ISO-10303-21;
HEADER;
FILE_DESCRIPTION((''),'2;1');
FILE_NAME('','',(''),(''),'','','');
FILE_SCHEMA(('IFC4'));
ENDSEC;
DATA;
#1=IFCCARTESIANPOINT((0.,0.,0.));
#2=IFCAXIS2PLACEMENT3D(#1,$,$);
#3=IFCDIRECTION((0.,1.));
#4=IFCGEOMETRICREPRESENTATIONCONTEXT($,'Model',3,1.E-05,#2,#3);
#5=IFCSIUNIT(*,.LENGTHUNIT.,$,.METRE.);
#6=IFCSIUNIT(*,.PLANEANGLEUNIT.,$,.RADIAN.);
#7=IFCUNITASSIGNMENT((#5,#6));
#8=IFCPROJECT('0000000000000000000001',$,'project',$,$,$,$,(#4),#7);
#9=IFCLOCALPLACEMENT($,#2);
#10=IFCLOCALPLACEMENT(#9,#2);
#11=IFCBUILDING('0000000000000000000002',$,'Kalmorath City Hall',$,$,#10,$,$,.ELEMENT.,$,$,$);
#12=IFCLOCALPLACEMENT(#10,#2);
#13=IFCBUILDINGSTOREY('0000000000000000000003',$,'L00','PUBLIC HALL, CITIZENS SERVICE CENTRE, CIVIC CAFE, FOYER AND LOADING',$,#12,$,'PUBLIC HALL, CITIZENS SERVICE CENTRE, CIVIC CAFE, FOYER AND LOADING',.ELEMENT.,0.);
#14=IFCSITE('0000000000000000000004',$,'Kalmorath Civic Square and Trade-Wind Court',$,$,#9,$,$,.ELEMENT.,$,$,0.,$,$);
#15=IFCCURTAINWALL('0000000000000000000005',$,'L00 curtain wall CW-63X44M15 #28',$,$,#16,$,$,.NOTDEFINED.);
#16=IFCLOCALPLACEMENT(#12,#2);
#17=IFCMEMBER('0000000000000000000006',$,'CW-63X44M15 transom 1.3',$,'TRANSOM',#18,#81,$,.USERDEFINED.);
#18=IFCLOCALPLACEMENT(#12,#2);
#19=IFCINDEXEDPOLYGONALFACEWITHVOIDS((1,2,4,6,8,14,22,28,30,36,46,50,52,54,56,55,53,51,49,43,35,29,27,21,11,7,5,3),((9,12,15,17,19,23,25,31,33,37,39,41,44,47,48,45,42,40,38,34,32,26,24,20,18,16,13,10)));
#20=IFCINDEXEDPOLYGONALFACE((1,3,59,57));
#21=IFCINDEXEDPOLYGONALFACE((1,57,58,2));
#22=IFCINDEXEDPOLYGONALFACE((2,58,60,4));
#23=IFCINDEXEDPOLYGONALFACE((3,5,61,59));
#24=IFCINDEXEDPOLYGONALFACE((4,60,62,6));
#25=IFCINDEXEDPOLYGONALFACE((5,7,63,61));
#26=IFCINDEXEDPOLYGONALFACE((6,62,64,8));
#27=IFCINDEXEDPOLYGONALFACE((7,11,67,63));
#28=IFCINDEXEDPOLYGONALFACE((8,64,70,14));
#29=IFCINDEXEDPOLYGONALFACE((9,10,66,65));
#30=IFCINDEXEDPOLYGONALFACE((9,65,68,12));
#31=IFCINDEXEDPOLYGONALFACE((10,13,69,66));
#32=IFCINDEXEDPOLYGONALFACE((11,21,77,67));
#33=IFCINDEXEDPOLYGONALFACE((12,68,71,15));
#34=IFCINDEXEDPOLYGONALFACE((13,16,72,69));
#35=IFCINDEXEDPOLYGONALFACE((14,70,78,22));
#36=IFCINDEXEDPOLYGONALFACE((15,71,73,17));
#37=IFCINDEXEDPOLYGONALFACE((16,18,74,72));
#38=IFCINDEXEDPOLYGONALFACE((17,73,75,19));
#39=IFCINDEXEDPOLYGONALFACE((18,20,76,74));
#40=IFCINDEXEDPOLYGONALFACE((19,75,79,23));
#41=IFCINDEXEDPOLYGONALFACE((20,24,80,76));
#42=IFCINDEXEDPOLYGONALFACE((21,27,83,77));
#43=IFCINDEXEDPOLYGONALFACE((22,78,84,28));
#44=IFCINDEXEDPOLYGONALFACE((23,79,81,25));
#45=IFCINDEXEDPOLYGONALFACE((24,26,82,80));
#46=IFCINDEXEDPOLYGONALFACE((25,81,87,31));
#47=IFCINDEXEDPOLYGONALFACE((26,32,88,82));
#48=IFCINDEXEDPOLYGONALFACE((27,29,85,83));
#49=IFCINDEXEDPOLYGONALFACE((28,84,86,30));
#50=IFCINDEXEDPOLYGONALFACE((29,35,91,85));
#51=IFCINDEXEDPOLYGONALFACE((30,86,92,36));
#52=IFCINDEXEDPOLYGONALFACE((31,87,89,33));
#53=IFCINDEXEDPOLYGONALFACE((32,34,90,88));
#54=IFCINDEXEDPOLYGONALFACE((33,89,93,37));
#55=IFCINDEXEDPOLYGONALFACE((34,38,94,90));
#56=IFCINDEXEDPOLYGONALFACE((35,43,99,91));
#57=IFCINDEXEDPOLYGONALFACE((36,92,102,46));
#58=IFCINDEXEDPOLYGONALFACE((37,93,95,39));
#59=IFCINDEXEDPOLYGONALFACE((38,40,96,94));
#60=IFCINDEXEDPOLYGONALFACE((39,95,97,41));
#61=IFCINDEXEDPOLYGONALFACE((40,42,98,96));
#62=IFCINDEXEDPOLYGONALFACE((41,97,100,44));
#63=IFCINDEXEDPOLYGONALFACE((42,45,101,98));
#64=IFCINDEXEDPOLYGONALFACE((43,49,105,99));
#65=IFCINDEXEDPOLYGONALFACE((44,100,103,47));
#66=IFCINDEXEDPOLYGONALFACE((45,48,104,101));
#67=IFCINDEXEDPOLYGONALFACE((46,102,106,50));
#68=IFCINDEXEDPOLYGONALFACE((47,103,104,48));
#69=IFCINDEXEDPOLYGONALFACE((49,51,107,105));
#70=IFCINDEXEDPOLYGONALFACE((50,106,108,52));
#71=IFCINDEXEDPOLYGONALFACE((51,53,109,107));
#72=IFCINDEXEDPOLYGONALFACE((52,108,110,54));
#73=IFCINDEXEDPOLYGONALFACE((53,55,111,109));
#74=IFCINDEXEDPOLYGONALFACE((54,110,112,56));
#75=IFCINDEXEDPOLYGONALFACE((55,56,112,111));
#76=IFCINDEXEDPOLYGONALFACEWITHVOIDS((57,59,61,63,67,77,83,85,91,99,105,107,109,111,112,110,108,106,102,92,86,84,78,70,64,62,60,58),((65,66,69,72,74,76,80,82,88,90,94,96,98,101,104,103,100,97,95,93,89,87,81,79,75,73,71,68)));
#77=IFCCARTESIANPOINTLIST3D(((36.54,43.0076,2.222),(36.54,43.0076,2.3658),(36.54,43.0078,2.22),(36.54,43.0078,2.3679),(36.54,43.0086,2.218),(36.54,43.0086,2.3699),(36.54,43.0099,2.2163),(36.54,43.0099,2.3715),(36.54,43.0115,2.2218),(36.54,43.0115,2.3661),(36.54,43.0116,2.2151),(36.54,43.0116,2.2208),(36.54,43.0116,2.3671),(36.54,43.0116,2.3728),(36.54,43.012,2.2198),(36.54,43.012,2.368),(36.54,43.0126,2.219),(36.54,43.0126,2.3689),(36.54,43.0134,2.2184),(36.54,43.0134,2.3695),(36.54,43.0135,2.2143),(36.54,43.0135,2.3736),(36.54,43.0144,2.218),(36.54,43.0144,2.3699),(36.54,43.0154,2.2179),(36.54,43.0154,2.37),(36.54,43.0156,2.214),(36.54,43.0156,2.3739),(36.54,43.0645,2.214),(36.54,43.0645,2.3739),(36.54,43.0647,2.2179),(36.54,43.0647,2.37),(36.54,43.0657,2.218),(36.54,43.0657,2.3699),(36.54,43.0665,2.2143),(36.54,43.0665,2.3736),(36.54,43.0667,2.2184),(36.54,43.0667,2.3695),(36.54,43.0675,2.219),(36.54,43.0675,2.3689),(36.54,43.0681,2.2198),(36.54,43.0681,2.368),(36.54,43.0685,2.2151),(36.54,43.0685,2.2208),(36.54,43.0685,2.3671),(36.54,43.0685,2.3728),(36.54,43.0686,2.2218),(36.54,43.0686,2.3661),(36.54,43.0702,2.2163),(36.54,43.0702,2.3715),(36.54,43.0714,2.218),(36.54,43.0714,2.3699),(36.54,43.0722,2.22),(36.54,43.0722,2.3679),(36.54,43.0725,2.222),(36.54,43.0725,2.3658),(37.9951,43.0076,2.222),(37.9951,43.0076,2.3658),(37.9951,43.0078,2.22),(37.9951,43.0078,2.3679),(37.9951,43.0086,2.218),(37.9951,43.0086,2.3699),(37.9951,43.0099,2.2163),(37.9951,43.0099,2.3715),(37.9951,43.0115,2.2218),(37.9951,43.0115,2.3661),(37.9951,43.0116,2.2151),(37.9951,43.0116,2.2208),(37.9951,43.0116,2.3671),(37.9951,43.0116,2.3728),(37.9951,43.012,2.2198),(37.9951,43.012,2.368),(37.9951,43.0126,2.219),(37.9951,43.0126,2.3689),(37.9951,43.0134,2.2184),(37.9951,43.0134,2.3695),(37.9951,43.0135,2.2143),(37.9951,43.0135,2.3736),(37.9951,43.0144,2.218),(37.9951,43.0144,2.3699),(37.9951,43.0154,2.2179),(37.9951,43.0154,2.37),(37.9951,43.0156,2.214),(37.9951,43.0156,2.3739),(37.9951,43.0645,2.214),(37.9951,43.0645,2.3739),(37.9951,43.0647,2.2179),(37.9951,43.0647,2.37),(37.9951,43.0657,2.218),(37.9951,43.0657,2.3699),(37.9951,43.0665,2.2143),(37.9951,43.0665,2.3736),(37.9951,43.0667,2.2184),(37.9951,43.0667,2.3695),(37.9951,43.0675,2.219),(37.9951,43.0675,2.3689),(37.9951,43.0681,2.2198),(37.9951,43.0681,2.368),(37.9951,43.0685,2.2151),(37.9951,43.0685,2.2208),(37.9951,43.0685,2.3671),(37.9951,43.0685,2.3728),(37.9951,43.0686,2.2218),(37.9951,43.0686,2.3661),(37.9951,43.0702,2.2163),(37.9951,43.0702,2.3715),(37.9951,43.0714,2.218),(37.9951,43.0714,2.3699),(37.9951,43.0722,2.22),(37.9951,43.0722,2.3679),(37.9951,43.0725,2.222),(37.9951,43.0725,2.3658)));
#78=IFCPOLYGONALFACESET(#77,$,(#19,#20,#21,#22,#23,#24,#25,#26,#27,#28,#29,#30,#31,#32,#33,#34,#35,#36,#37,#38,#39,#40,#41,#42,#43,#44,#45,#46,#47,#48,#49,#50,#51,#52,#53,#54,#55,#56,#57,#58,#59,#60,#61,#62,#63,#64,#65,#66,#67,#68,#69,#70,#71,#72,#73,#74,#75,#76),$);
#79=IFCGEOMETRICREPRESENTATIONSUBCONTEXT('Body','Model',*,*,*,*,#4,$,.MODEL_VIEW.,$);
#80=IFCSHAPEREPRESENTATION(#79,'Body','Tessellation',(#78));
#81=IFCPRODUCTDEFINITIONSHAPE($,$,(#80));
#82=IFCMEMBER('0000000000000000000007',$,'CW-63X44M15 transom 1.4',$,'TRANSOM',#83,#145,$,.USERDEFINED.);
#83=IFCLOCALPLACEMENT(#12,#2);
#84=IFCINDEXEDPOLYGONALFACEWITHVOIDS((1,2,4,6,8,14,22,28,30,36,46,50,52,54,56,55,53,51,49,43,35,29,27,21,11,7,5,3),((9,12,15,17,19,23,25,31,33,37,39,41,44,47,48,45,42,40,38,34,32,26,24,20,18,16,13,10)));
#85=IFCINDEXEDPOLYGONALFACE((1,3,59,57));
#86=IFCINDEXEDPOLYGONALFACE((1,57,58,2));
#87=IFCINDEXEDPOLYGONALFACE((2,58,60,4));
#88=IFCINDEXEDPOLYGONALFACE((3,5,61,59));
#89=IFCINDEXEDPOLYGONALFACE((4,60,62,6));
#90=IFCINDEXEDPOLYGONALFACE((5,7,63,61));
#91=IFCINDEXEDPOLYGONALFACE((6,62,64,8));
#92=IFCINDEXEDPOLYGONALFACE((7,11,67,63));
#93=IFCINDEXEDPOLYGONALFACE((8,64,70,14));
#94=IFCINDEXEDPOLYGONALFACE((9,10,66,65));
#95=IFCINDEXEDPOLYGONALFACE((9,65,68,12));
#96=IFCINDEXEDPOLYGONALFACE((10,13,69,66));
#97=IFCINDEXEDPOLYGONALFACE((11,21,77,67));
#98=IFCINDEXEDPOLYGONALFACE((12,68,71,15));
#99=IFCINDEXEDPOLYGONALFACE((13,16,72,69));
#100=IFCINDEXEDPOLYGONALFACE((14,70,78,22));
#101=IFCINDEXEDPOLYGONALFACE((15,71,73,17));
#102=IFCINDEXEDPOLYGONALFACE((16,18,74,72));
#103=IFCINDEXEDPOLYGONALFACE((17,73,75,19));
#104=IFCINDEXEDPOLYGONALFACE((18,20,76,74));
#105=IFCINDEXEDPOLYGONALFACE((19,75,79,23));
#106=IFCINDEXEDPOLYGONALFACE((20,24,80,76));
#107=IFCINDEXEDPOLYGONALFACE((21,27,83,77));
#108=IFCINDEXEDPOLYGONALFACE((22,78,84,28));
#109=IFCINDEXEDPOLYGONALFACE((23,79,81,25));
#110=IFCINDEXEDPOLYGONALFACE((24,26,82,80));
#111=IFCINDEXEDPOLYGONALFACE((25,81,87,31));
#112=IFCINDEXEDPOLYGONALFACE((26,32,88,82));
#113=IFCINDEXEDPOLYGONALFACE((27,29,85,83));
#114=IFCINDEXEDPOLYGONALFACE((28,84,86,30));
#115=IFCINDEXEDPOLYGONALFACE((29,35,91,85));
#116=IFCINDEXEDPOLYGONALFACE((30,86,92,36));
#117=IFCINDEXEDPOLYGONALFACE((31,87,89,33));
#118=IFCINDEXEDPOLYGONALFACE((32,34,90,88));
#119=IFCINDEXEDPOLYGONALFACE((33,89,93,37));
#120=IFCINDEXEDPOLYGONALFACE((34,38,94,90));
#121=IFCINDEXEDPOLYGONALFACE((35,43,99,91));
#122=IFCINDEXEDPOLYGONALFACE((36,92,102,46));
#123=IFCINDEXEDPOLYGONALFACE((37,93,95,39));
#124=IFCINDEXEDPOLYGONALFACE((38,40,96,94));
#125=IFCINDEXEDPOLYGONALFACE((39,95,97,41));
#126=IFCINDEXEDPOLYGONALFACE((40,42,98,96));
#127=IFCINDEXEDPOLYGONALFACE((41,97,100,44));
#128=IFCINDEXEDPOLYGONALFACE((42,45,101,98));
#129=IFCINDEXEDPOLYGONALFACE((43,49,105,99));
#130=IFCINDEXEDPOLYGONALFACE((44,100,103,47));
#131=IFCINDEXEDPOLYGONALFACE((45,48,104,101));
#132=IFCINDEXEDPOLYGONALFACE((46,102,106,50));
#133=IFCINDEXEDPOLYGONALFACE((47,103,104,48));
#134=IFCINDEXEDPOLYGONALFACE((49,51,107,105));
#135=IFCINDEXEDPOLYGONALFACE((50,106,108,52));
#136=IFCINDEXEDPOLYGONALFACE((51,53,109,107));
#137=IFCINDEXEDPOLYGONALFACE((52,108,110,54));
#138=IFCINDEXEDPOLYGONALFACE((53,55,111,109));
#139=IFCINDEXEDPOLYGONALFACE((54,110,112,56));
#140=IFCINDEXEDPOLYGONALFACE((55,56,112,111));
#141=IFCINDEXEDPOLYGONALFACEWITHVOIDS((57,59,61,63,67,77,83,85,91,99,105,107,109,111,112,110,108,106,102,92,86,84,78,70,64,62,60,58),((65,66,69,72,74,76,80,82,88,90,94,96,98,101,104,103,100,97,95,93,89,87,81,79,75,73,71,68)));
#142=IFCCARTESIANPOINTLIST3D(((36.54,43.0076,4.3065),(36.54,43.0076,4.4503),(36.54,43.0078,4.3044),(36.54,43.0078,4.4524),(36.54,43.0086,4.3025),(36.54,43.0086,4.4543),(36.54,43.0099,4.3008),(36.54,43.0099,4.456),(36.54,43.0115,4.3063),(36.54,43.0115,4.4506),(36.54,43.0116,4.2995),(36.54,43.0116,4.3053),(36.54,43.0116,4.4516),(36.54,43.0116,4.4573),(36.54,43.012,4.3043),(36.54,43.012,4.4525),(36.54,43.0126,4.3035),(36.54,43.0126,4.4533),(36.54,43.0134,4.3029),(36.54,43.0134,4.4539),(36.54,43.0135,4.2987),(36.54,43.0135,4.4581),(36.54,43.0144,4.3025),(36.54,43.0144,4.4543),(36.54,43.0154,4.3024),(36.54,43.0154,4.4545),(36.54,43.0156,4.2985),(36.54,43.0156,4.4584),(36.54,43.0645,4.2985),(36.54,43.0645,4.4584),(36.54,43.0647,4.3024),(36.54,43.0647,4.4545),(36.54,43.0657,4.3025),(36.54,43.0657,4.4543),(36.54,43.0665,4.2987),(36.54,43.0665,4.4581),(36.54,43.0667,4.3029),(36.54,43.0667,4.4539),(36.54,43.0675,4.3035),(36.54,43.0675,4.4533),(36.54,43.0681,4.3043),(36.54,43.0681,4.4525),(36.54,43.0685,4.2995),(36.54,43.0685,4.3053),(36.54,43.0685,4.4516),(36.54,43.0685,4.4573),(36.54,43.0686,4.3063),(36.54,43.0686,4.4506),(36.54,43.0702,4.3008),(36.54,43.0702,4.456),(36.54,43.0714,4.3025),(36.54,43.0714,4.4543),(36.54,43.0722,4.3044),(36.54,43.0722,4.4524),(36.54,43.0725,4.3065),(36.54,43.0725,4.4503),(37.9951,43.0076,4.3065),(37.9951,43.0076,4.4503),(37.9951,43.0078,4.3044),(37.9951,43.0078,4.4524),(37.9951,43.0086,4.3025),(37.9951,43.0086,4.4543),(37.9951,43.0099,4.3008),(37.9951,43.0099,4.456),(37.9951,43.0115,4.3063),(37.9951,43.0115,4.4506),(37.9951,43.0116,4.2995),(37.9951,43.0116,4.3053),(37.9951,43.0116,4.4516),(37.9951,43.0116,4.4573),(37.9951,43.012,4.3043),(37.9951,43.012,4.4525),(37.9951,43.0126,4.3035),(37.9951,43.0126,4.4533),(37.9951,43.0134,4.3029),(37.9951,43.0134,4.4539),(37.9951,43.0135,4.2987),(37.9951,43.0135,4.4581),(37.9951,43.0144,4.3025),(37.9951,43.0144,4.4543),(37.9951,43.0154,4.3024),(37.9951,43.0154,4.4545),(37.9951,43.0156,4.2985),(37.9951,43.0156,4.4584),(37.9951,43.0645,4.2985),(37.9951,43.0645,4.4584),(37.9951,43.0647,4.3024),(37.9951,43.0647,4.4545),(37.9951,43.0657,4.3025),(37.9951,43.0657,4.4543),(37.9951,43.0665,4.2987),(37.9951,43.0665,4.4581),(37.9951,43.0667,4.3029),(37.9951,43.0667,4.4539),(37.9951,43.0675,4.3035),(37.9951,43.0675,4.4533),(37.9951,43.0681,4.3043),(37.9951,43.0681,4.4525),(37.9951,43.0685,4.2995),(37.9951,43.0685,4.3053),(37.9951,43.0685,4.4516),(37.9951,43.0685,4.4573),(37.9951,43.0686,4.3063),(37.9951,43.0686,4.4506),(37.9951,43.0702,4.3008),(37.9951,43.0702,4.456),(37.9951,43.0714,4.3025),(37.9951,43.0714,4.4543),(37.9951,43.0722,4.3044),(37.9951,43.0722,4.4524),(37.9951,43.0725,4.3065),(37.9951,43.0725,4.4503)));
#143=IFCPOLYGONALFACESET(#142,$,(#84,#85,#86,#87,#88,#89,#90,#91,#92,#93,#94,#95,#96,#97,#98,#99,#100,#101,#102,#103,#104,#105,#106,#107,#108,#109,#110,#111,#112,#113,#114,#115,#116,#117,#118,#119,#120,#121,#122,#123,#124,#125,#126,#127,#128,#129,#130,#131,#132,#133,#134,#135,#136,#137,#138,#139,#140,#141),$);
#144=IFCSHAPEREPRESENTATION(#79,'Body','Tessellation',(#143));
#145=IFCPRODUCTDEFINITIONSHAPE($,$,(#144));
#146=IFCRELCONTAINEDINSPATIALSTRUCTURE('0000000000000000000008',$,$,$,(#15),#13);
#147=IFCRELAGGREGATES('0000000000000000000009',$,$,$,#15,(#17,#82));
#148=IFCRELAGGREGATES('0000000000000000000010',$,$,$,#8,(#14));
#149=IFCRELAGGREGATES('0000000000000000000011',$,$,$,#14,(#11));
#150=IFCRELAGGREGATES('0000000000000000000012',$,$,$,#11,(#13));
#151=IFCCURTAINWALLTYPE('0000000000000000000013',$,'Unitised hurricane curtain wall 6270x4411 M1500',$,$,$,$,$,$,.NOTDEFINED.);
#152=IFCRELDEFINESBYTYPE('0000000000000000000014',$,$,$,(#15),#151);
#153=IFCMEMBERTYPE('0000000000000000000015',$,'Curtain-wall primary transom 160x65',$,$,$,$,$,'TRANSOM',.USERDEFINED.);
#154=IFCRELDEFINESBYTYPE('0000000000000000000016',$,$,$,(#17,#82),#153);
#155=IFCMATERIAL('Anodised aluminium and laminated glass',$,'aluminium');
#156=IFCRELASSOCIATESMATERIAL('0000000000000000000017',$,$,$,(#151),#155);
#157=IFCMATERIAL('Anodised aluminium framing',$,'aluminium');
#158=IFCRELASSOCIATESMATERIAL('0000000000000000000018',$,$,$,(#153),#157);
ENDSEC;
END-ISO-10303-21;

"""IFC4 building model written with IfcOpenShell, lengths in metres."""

from ifc_helpers import new_model, si_unit, direction, frame, origin, origin_2d, place, context, subcontext, project, spatial, hollow_rectangle, extrude, material, material_profile, profile_set, type_object, element, aggregate, save


model = new_model("IFC4")

# Units and contexts
model_context = context("Model", 3, precision=1e-05, world=origin(), true_north=direction((0.0, 1.0)))
body_context = subcontext(model_context, "Body", "Model", "MODEL_VIEW")
ifc_project = project(units=[si_unit("LENGTHUNIT", "METRE"), si_unit("PLANEANGLEUNIT", "RADIAN")], contexts=[model_context])

# Site, building, storey
site_placement = place(None, origin())
site = spatial("IfcSite", under=ifc_project, at=site_placement, Name="Kalmorath Civic Square and Trade-Wind Court", CompositionType="ELEMENT", RefElevation=0.0)
building_placement = place(site_placement, origin())
building = spatial("IfcBuilding", under=site, at=building_placement, Name="Kalmorath City Hall", CompositionType="ELEMENT")
storey_placement = place(building_placement, origin())
storey = spatial("IfcBuildingStorey", under=building, at=storey_placement, Name="L00", Description="PUBLIC HALL, CITIZENS SERVICE CENTRE, CIVIC CAFE, FOYER AND LOADING", LongName="PUBLIC HALL, CITIZENS SERVICE CENTRE, CIVIC CAFE, FOYER AND LOADING", CompositionType="ELEMENT", Elevation=0.0)

# Curtain wall
ifc_material_1 = material(Name="Anodised aluminium and laminated glass", Category="aluminium")
curtain_wall_type_1 = type_object("IfcCurtainWallType", Name="Unitised hurricane curtain wall 6270x4411 M1500", PredefinedType="NOTDEFINED", material=ifc_material_1)
curtain_wall_1_placement = place(storey_placement, origin())
curtain_wall_1 = element("IfcCurtainWall", 1, at=curtain_wall_1_placement, inside=storey, type_object=curtain_wall_type_1, Name="L00 curtain wall CW-63X44M15 #28", PredefinedType="NOTDEFINED")

# Members
ifc_material_2 = material(Name="Anodised aluminium framing", Category="aluminium")
ifc_material_profile_1 = material_profile(ifc_material_2, hollow_rectangle(XDim=0.0649, YDim=0.1599, WallThickness=0.0039, InnerFilletRadius=0.0039, OuterFilletRadius=0.0081, at=origin_2d()), Name="ALU-TRN-160X65X4")
ifc_profile_set_1 = profile_set([ifc_material_profile_1], Name="Anodised aluminium framing")
member_type_1 = type_object("IfcMemberType", Name="Curtain-wall primary transom 160x65", ElementType="TRANSOM", PredefinedType="USERDEFINED", material=ifc_profile_set_1)
member_1_placement = place(storey_placement, frame((36.54, 43.04, 2.2939), z_axis=(1.0, 0.0, 0.0), x_axis=(0.0, 1.0, 0.0)))
member_1 = element("IfcMember", 2, at=member_1_placement, type_object=member_type_1, Name="CW-63X44M15 transom 1.3", ObjectType="TRANSOM", PredefinedType="USERDEFINED", context=body_context, shape_type="SweptSolid", body=[
    extrude(hollow_rectangle(XDim=0.0649, YDim=0.1599, WallThickness=0.0039, InnerFilletRadius=0.0039, OuterFilletRadius=0.0081, at=origin_2d()), origin(), (0.0, 0.0, 1.0), 1.4551),
])
member_2_placement = place(storey_placement, frame((36.54, 43.04, 4.3784), z_axis=(1.0, 0.0, 0.0), x_axis=(0.0, 1.0, 0.0)))
member_2 = element("IfcMember", 3, at=member_2_placement, type_object=member_type_1, Name="CW-63X44M15 transom 1.4", ObjectType="TRANSOM", PredefinedType="USERDEFINED", context=body_context, shape_type="SweptSolid", body=[
    extrude(hollow_rectangle(XDim=0.0649, YDim=0.1599, WallThickness=0.0039, InnerFilletRadius=0.0039, OuterFilletRadius=0.0081, at=origin_2d()), origin(), (0.0, 0.0, 1.0), 1.4551),
])

aggregate(curtain_wall_1, [member_1, member_2])

save(model, "model.ifc")
